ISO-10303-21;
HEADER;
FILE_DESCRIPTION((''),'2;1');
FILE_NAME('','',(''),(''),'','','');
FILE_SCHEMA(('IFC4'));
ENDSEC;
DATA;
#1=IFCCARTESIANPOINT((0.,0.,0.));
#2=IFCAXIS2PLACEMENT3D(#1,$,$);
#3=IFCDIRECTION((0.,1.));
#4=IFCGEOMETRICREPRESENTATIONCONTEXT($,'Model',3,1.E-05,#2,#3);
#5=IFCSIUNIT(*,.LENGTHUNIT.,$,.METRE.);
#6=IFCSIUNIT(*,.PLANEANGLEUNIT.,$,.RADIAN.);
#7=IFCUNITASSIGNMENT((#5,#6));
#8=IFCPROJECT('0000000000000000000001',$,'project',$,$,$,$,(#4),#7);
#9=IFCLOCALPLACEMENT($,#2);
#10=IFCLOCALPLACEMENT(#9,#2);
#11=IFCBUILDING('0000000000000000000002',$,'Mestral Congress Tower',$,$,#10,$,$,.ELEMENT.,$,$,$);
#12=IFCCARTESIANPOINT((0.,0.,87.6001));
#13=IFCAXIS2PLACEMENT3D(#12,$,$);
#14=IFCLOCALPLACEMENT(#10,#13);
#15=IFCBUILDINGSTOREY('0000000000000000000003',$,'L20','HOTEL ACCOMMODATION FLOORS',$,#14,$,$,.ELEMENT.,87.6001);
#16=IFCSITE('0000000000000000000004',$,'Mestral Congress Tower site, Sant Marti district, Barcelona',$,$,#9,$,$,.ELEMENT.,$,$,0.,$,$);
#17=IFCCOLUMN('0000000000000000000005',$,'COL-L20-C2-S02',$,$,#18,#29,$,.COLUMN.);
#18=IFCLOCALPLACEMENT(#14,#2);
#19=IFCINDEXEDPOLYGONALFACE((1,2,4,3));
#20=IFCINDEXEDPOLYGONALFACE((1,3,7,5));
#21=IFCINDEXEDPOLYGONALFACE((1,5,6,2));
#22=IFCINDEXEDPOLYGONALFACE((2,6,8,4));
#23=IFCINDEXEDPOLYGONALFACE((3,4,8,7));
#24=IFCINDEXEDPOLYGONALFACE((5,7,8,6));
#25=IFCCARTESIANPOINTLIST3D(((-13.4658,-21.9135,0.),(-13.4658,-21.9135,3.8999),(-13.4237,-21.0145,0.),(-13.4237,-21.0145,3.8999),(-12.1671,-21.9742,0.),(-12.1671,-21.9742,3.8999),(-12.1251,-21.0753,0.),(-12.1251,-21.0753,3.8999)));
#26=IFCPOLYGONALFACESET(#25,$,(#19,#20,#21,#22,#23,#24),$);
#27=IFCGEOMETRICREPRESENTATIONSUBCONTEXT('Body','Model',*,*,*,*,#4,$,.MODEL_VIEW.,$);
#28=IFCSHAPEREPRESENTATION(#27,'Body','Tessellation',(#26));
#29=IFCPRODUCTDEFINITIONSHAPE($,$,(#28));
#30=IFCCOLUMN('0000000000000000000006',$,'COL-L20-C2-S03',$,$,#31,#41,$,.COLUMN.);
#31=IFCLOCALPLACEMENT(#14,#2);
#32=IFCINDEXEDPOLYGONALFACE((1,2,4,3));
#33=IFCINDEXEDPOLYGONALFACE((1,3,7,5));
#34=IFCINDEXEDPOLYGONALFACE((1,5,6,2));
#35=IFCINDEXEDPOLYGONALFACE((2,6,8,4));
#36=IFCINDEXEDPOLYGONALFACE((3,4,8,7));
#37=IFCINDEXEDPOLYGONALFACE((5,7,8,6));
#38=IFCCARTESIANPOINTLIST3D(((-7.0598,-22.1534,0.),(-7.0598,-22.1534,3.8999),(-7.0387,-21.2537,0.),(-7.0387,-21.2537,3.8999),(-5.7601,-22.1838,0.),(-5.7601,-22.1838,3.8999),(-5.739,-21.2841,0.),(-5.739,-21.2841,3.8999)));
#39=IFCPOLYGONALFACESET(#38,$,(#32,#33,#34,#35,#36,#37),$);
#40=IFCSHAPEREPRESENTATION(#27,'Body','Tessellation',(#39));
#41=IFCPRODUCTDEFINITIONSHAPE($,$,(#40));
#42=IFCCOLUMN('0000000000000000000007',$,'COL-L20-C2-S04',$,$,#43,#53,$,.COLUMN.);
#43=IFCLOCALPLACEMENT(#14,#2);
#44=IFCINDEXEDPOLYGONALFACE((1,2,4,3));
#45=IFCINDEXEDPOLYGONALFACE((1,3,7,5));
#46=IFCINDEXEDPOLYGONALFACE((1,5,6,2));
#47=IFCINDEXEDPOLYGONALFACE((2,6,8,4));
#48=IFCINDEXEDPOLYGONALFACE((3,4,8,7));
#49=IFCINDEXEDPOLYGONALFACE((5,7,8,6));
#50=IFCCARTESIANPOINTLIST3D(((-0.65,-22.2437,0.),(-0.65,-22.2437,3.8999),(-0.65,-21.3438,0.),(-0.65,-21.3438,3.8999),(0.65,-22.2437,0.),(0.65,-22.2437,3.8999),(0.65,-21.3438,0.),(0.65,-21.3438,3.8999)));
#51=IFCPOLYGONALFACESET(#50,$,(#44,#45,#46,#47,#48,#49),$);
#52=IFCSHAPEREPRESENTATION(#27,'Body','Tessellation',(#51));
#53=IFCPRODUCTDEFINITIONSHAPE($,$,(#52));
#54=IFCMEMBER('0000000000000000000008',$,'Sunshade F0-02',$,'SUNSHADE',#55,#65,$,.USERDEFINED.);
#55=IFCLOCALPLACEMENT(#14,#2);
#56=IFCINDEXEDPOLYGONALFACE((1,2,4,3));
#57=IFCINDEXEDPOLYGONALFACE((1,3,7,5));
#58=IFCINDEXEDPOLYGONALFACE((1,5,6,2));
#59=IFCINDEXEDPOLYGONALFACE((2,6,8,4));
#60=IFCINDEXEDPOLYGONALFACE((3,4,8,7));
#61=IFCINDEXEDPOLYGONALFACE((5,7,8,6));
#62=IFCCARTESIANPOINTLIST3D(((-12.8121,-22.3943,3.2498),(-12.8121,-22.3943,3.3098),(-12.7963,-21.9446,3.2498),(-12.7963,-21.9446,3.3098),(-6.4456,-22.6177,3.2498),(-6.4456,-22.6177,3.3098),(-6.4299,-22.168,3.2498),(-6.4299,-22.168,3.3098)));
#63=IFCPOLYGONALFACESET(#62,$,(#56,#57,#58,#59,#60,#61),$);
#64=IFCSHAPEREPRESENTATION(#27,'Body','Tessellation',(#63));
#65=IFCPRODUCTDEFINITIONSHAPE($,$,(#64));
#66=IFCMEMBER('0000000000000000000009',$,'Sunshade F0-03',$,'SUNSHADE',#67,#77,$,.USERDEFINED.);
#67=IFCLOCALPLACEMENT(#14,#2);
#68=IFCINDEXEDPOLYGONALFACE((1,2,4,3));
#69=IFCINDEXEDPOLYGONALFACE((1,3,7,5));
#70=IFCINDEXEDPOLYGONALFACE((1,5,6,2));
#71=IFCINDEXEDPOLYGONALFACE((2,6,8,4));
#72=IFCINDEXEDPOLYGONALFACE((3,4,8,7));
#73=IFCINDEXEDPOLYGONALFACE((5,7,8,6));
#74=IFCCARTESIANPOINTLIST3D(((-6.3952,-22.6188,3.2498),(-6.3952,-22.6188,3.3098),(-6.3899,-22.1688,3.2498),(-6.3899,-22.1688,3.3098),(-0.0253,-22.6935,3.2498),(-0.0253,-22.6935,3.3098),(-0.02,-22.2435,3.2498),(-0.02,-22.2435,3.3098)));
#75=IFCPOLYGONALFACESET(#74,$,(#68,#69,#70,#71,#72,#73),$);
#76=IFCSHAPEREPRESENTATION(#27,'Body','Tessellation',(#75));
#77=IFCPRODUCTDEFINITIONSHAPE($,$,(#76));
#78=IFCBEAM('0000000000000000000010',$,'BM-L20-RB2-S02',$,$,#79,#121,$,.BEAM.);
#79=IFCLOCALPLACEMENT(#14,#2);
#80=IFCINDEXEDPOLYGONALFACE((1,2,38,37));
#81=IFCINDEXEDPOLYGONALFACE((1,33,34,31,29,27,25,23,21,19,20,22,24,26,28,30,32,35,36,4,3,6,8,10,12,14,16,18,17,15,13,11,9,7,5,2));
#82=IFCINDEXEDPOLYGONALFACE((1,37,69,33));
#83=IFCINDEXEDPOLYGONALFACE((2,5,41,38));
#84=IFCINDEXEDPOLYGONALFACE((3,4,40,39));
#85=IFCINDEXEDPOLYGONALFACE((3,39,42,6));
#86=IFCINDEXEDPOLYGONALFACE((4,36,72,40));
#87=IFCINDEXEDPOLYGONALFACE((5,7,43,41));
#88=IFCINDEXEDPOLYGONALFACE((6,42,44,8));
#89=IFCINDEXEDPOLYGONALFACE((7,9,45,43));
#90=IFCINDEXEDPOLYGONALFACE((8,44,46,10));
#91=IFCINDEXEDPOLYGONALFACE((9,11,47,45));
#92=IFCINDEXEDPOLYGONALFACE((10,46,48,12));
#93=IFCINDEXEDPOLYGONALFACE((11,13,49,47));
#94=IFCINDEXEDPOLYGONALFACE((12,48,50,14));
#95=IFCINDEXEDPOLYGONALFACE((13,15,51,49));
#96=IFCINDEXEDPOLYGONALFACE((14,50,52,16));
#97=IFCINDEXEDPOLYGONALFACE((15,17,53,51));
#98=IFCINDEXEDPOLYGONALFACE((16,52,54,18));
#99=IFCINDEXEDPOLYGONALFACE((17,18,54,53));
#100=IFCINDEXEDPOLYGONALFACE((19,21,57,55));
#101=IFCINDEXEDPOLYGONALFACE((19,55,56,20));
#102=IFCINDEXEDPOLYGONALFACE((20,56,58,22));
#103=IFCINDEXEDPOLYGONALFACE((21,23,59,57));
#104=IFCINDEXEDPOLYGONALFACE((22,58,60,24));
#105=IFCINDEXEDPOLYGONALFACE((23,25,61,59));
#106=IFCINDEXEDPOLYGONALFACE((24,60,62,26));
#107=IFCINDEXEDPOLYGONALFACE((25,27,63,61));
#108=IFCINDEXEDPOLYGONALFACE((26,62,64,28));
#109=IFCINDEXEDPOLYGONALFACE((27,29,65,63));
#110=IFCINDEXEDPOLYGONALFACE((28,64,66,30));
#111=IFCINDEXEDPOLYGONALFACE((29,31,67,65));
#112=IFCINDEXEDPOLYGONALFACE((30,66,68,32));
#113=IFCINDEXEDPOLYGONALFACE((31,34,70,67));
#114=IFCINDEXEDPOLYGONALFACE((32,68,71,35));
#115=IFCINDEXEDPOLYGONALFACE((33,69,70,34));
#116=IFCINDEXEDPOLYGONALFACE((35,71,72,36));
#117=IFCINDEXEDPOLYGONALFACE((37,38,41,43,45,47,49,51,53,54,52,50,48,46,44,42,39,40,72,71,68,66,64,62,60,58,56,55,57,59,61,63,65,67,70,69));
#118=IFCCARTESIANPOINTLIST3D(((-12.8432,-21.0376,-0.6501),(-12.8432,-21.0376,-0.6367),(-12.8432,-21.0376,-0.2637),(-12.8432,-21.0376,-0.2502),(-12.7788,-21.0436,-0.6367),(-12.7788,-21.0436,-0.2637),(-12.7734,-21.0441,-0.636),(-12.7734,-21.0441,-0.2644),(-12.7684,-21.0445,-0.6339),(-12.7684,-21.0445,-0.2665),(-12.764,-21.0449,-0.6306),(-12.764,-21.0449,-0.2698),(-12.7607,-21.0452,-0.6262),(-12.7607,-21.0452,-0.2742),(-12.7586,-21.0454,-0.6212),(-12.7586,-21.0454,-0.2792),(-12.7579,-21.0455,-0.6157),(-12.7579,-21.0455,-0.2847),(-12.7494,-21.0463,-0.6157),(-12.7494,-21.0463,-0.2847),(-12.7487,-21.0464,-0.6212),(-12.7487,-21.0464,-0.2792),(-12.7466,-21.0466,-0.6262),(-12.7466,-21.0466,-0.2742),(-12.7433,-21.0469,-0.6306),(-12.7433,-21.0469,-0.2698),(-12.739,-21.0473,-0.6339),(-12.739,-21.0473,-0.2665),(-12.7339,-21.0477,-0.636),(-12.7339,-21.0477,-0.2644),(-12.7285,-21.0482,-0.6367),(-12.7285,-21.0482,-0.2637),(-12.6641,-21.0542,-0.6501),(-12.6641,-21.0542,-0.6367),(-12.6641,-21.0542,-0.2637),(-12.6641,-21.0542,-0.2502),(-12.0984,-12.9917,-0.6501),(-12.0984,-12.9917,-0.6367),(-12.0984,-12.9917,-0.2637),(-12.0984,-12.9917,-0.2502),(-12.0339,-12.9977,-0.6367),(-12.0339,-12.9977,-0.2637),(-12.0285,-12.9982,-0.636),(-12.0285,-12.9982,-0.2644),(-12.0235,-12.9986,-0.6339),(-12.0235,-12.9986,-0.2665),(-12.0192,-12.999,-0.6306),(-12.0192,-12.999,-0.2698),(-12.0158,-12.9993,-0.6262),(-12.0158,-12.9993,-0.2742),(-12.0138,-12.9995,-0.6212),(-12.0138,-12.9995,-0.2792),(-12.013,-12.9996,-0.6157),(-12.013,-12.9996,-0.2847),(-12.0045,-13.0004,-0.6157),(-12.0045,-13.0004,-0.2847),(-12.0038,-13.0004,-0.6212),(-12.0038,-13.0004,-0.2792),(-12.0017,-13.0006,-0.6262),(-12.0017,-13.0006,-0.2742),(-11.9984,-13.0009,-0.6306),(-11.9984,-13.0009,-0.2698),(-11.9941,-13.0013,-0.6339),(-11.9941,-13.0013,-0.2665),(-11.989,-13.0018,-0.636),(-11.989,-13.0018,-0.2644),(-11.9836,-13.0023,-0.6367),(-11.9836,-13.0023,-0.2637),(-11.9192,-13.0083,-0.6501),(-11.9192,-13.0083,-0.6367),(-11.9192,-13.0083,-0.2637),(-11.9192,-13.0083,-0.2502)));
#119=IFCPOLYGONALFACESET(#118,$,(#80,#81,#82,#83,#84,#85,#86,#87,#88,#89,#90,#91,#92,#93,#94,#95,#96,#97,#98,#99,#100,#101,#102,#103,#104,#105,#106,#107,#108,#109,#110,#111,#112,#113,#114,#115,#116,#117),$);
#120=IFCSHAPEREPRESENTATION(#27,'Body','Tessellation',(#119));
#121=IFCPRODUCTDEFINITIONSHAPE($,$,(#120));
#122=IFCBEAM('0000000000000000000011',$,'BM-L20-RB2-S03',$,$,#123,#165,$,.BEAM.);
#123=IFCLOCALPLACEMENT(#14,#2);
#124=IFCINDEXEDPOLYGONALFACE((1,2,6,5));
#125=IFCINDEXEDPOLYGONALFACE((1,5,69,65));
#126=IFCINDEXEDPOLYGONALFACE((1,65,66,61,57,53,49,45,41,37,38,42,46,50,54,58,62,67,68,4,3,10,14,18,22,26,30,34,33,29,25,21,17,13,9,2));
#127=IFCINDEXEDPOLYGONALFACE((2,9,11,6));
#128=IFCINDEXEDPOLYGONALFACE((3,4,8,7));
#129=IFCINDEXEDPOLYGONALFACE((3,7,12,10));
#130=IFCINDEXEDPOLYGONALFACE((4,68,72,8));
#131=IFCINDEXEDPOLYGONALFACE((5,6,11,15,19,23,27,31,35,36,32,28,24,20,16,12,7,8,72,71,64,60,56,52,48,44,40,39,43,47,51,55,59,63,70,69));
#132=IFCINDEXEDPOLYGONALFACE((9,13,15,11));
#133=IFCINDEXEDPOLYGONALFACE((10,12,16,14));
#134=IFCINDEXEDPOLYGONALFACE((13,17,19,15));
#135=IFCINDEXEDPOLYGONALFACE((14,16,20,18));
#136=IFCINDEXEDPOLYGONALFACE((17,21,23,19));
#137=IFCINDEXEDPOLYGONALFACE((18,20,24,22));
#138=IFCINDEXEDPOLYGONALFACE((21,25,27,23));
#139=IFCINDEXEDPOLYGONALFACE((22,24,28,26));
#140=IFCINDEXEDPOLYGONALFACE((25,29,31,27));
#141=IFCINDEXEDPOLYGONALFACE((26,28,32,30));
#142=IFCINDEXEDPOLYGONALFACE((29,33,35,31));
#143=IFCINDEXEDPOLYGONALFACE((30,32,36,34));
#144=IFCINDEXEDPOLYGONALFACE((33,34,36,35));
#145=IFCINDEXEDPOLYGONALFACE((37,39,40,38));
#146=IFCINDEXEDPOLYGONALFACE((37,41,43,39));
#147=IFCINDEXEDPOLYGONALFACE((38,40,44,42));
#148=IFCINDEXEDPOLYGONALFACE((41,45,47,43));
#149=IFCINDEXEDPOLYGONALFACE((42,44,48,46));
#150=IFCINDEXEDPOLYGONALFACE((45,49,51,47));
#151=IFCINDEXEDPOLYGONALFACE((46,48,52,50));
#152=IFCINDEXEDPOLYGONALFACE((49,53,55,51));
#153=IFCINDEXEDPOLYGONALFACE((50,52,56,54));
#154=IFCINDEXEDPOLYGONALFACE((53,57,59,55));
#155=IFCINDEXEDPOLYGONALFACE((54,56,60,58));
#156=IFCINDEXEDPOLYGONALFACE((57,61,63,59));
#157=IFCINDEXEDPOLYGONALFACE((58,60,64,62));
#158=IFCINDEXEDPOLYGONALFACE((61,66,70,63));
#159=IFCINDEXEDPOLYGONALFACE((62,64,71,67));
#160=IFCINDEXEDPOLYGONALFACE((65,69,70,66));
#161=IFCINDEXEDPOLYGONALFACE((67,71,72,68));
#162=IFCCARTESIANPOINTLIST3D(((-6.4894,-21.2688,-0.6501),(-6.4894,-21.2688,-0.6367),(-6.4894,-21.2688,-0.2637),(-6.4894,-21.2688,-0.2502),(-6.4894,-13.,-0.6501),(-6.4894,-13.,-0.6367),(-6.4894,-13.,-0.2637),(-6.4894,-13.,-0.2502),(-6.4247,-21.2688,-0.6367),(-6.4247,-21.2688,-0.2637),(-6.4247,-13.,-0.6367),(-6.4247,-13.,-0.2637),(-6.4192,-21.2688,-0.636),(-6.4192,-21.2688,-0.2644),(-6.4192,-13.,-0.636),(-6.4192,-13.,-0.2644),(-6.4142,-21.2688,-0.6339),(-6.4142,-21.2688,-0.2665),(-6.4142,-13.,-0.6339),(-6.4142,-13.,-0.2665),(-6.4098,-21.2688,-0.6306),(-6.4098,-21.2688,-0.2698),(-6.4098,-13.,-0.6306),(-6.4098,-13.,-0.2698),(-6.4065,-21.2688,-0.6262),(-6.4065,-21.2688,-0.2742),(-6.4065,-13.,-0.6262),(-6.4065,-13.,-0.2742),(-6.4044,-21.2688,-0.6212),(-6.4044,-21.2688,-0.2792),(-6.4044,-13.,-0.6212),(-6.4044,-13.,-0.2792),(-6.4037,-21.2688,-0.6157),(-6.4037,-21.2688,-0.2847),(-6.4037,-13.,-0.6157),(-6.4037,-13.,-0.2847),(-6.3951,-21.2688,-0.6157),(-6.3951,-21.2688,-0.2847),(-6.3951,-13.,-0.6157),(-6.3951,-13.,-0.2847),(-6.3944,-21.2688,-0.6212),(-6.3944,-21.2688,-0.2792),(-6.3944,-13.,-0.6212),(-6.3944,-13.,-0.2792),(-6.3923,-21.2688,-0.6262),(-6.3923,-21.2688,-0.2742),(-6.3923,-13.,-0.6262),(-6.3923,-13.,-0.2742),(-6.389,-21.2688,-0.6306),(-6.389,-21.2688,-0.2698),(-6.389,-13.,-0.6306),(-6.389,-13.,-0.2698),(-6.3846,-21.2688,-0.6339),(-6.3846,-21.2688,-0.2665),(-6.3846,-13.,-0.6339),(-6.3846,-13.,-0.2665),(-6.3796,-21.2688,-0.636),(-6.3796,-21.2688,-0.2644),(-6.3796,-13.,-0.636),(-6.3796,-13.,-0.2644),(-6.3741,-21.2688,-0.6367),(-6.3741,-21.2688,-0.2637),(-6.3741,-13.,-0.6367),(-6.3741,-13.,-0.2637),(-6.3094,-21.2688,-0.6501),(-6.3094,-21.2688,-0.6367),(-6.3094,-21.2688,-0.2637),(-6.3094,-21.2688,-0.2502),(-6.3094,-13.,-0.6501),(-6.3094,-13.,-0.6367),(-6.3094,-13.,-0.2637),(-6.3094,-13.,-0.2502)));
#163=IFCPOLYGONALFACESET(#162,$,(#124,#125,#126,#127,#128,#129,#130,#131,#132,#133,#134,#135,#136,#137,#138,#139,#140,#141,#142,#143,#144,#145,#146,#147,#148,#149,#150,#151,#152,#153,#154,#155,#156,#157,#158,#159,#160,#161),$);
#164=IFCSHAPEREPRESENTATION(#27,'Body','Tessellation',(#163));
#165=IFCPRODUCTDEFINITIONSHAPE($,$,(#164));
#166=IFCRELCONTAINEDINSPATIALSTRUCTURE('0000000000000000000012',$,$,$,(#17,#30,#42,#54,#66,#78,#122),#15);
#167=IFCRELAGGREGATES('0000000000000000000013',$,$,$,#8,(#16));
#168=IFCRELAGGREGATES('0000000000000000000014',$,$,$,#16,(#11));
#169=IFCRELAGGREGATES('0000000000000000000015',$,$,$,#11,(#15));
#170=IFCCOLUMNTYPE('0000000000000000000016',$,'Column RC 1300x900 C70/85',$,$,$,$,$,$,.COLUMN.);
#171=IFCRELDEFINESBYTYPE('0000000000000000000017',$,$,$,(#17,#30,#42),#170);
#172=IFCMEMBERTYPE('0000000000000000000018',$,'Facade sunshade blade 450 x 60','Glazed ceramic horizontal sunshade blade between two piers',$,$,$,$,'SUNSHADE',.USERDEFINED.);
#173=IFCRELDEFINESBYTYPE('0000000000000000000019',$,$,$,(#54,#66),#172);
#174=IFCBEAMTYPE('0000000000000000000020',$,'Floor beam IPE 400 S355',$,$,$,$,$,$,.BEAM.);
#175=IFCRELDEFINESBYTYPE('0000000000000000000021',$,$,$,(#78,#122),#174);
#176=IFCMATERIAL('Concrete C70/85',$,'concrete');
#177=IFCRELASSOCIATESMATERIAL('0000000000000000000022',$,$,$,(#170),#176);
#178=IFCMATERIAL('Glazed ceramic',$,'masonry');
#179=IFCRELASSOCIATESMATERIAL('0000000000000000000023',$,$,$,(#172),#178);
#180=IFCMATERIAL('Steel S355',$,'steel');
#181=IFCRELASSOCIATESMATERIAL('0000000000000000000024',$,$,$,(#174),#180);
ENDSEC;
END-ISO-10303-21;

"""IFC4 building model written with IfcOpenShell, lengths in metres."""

from ifc_helpers import new_model, si_unit, direction, frame, origin, origin_2d, place, context, subcontext, project, spatial, rectangle, i_section, extrude, material, material_profile, profile_set, type_object, element, save


model = new_model("IFC4")

# Units and contexts
model_context = context("Model", 3, precision=1e-05, world=origin(), true_north=direction((0.0, 1.0)))
body_context = subcontext(model_context, "Body", "Model", "MODEL_VIEW")
ifc_project = project(units=[si_unit("LENGTHUNIT", "METRE"), si_unit("PLANEANGLEUNIT", "RADIAN")], contexts=[model_context])

# Site, building, storey
site_placement = place(None, origin())
site = spatial("IfcSite", under=ifc_project, at=site_placement, Name="Mestral Congress Tower site, Sant Marti district, Barcelona", CompositionType="ELEMENT", RefElevation=0.0)
building_placement = place(site_placement, origin())
building = spatial("IfcBuilding", under=site, at=building_placement, Name="Mestral Congress Tower", CompositionType="ELEMENT")
storey_placement = place(building_placement, frame((0.0, 0.0, 87.6001)))
storey = spatial("IfcBuildingStorey", under=building, at=storey_placement, Name="L20", Description="HOTEL ACCOMMODATION FLOORS", CompositionType="ELEMENT", Elevation=87.6001)

# Columns
ifc_material_1 = material(Name="Concrete C70/85", Category="concrete")
ifc_material_profile_1 = material_profile(ifc_material_1, rectangle(XDim=1.3, YDim=0.8999, at=origin_2d()), Name="RC 1300x900")
ifc_profile_set_1 = profile_set([ifc_material_profile_1], Name="Concrete C70/85")
column_type = type_object("IfcColumnType", Name="Column RC 1300x900 C70/85", PredefinedType="COLUMN", material=ifc_profile_set_1)
for number, where, z_axis, x_axis, name in (
    (1, (-12.7954, -21.4944, 0.0), (0.0, 0.0, 1.0), (0.998906, -0.046756, 0.0), "COL-L20-C2-S02"),
    (2, (-6.3994, -21.7188, 0.0), (0.0, 0.0, 1.0), (0.999727, -0.023384, 0.0), "COL-L20-C2-S03"),
    (3, (0.0, -21.7937, 0.0), (0.0, 0.0, 1.0), (1.0, 0.0, 0.0), "COL-L20-C2-S04"),
):
    element("IfcColumn", number, at=place(storey_placement, frame(where, z_axis=z_axis, x_axis=x_axis)), inside=storey, type_object=column_type, Name=name, PredefinedType="COLUMN", context=body_context, shape_type="SweptSolid", body=[
        extrude(rectangle(XDim=1.3, YDim=0.8999, at=origin_2d()), origin(), (0.0, 0.0, 1.0), 3.8999),
    ])

# Members
ifc_material_2 = material(Name="Glazed ceramic", Category="masonry")
ifc_material_profile_2 = material_profile(ifc_material_2, rectangle(XDim=0.45, YDim=0.0601, at=origin_2d()), Name="Ceramic blade 450 x 60")
ifc_profile_set_2 = profile_set([ifc_material_profile_2], Name="Glazed ceramic")
member_type = type_object("IfcMemberType", Name="Facade sunshade blade 450 x 60", Description="Glazed ceramic horizontal sunshade blade between two piers", ElementType="SUNSHADE", PredefinedType="USERDEFINED", material=ifc_profile_set_2)
for number, where, z_axis, x_axis, name in (
    (4, (-12.8042, -22.1694, 3.2798), (0.999385, -0.035067, 0.0), (0.035067, 0.999385, 0.0), "Sunshade F0-02"),
    (5, (-6.3926, -22.3938, 3.2798), (0.999931, -0.011727, 0.0), (0.011727, 0.999931, 0.0), "Sunshade F0-03"),
):
    element("IfcMember", number, at=place(storey_placement, frame(where, z_axis=z_axis, x_axis=x_axis)), inside=storey, type_object=member_type, Name=name, ObjectType="SUNSHADE", PredefinedType="USERDEFINED", context=body_context, shape_type="SweptSolid", body=[
        extrude(rectangle(XDim=0.45, YDim=0.0601, at=origin_2d()), origin(), (0.0, 0.0, 1.0), 6.3704),
    ])

# Beams
ifc_material_3 = material(Name="Steel S355", Category="steel")
ifc_material_profile_3 = material_profile(ifc_material_3, i_section(OverallWidth=0.1799, OverallDepth=0.3999, WebThickness=0.0085, FlangeThickness=0.0134, FilletRadius=0.021, at=origin_2d()), Name="IPE 400")
ifc_profile_set_3 = profile_set([ifc_material_profile_3], Name="Steel S355")
beam_type_1 = type_object("IfcBeamType", Name="Floor beam IPE 400 S355", PredefinedType="BEAM", material=ifc_profile_set_3)
beam_1_placement = place(storey_placement, frame((-12.7537, -21.0459, -0.4502), z_axis=(0.092184, 0.995742, 0.0), x_axis=(-0.995742, 0.092184, 0.0)))
element("IfcBeam", 6, at=beam_1_placement, inside=storey, type_object=beam_type_1, Name="BM-L20-RB2-S02", PredefinedType="BEAM", context=body_context, shape_type="SweptSolid", body=[
    extrude(i_section(OverallWidth=0.1799, OverallDepth=0.3999, WebThickness=0.0085, FlangeThickness=0.0134, FilletRadius=0.021, at=origin_2d()), origin(), (0.0, 0.0, 1.0), 8.0803),
])
beam_2_placement = place(storey_placement, frame((-6.3994, -21.2688, -0.4502), z_axis=(0.0, 1.0, 0.0), x_axis=(-1.0, 0.0, 0.0)))
element("IfcBeam", 7, at=beam_2_placement, inside=storey, type_object=beam_type_1, Name="BM-L20-RB2-S03", PredefinedType="BEAM", context=body_context, shape_type="SweptSolid", body=[
    extrude(i_section(OverallWidth=0.1799, OverallDepth=0.3999, WebThickness=0.0085, FlangeThickness=0.0134, FilletRadius=0.021, at=origin_2d()), origin(), (0.0, 0.0, 1.0), 8.2688),
])

save(model, "model.ifc")
